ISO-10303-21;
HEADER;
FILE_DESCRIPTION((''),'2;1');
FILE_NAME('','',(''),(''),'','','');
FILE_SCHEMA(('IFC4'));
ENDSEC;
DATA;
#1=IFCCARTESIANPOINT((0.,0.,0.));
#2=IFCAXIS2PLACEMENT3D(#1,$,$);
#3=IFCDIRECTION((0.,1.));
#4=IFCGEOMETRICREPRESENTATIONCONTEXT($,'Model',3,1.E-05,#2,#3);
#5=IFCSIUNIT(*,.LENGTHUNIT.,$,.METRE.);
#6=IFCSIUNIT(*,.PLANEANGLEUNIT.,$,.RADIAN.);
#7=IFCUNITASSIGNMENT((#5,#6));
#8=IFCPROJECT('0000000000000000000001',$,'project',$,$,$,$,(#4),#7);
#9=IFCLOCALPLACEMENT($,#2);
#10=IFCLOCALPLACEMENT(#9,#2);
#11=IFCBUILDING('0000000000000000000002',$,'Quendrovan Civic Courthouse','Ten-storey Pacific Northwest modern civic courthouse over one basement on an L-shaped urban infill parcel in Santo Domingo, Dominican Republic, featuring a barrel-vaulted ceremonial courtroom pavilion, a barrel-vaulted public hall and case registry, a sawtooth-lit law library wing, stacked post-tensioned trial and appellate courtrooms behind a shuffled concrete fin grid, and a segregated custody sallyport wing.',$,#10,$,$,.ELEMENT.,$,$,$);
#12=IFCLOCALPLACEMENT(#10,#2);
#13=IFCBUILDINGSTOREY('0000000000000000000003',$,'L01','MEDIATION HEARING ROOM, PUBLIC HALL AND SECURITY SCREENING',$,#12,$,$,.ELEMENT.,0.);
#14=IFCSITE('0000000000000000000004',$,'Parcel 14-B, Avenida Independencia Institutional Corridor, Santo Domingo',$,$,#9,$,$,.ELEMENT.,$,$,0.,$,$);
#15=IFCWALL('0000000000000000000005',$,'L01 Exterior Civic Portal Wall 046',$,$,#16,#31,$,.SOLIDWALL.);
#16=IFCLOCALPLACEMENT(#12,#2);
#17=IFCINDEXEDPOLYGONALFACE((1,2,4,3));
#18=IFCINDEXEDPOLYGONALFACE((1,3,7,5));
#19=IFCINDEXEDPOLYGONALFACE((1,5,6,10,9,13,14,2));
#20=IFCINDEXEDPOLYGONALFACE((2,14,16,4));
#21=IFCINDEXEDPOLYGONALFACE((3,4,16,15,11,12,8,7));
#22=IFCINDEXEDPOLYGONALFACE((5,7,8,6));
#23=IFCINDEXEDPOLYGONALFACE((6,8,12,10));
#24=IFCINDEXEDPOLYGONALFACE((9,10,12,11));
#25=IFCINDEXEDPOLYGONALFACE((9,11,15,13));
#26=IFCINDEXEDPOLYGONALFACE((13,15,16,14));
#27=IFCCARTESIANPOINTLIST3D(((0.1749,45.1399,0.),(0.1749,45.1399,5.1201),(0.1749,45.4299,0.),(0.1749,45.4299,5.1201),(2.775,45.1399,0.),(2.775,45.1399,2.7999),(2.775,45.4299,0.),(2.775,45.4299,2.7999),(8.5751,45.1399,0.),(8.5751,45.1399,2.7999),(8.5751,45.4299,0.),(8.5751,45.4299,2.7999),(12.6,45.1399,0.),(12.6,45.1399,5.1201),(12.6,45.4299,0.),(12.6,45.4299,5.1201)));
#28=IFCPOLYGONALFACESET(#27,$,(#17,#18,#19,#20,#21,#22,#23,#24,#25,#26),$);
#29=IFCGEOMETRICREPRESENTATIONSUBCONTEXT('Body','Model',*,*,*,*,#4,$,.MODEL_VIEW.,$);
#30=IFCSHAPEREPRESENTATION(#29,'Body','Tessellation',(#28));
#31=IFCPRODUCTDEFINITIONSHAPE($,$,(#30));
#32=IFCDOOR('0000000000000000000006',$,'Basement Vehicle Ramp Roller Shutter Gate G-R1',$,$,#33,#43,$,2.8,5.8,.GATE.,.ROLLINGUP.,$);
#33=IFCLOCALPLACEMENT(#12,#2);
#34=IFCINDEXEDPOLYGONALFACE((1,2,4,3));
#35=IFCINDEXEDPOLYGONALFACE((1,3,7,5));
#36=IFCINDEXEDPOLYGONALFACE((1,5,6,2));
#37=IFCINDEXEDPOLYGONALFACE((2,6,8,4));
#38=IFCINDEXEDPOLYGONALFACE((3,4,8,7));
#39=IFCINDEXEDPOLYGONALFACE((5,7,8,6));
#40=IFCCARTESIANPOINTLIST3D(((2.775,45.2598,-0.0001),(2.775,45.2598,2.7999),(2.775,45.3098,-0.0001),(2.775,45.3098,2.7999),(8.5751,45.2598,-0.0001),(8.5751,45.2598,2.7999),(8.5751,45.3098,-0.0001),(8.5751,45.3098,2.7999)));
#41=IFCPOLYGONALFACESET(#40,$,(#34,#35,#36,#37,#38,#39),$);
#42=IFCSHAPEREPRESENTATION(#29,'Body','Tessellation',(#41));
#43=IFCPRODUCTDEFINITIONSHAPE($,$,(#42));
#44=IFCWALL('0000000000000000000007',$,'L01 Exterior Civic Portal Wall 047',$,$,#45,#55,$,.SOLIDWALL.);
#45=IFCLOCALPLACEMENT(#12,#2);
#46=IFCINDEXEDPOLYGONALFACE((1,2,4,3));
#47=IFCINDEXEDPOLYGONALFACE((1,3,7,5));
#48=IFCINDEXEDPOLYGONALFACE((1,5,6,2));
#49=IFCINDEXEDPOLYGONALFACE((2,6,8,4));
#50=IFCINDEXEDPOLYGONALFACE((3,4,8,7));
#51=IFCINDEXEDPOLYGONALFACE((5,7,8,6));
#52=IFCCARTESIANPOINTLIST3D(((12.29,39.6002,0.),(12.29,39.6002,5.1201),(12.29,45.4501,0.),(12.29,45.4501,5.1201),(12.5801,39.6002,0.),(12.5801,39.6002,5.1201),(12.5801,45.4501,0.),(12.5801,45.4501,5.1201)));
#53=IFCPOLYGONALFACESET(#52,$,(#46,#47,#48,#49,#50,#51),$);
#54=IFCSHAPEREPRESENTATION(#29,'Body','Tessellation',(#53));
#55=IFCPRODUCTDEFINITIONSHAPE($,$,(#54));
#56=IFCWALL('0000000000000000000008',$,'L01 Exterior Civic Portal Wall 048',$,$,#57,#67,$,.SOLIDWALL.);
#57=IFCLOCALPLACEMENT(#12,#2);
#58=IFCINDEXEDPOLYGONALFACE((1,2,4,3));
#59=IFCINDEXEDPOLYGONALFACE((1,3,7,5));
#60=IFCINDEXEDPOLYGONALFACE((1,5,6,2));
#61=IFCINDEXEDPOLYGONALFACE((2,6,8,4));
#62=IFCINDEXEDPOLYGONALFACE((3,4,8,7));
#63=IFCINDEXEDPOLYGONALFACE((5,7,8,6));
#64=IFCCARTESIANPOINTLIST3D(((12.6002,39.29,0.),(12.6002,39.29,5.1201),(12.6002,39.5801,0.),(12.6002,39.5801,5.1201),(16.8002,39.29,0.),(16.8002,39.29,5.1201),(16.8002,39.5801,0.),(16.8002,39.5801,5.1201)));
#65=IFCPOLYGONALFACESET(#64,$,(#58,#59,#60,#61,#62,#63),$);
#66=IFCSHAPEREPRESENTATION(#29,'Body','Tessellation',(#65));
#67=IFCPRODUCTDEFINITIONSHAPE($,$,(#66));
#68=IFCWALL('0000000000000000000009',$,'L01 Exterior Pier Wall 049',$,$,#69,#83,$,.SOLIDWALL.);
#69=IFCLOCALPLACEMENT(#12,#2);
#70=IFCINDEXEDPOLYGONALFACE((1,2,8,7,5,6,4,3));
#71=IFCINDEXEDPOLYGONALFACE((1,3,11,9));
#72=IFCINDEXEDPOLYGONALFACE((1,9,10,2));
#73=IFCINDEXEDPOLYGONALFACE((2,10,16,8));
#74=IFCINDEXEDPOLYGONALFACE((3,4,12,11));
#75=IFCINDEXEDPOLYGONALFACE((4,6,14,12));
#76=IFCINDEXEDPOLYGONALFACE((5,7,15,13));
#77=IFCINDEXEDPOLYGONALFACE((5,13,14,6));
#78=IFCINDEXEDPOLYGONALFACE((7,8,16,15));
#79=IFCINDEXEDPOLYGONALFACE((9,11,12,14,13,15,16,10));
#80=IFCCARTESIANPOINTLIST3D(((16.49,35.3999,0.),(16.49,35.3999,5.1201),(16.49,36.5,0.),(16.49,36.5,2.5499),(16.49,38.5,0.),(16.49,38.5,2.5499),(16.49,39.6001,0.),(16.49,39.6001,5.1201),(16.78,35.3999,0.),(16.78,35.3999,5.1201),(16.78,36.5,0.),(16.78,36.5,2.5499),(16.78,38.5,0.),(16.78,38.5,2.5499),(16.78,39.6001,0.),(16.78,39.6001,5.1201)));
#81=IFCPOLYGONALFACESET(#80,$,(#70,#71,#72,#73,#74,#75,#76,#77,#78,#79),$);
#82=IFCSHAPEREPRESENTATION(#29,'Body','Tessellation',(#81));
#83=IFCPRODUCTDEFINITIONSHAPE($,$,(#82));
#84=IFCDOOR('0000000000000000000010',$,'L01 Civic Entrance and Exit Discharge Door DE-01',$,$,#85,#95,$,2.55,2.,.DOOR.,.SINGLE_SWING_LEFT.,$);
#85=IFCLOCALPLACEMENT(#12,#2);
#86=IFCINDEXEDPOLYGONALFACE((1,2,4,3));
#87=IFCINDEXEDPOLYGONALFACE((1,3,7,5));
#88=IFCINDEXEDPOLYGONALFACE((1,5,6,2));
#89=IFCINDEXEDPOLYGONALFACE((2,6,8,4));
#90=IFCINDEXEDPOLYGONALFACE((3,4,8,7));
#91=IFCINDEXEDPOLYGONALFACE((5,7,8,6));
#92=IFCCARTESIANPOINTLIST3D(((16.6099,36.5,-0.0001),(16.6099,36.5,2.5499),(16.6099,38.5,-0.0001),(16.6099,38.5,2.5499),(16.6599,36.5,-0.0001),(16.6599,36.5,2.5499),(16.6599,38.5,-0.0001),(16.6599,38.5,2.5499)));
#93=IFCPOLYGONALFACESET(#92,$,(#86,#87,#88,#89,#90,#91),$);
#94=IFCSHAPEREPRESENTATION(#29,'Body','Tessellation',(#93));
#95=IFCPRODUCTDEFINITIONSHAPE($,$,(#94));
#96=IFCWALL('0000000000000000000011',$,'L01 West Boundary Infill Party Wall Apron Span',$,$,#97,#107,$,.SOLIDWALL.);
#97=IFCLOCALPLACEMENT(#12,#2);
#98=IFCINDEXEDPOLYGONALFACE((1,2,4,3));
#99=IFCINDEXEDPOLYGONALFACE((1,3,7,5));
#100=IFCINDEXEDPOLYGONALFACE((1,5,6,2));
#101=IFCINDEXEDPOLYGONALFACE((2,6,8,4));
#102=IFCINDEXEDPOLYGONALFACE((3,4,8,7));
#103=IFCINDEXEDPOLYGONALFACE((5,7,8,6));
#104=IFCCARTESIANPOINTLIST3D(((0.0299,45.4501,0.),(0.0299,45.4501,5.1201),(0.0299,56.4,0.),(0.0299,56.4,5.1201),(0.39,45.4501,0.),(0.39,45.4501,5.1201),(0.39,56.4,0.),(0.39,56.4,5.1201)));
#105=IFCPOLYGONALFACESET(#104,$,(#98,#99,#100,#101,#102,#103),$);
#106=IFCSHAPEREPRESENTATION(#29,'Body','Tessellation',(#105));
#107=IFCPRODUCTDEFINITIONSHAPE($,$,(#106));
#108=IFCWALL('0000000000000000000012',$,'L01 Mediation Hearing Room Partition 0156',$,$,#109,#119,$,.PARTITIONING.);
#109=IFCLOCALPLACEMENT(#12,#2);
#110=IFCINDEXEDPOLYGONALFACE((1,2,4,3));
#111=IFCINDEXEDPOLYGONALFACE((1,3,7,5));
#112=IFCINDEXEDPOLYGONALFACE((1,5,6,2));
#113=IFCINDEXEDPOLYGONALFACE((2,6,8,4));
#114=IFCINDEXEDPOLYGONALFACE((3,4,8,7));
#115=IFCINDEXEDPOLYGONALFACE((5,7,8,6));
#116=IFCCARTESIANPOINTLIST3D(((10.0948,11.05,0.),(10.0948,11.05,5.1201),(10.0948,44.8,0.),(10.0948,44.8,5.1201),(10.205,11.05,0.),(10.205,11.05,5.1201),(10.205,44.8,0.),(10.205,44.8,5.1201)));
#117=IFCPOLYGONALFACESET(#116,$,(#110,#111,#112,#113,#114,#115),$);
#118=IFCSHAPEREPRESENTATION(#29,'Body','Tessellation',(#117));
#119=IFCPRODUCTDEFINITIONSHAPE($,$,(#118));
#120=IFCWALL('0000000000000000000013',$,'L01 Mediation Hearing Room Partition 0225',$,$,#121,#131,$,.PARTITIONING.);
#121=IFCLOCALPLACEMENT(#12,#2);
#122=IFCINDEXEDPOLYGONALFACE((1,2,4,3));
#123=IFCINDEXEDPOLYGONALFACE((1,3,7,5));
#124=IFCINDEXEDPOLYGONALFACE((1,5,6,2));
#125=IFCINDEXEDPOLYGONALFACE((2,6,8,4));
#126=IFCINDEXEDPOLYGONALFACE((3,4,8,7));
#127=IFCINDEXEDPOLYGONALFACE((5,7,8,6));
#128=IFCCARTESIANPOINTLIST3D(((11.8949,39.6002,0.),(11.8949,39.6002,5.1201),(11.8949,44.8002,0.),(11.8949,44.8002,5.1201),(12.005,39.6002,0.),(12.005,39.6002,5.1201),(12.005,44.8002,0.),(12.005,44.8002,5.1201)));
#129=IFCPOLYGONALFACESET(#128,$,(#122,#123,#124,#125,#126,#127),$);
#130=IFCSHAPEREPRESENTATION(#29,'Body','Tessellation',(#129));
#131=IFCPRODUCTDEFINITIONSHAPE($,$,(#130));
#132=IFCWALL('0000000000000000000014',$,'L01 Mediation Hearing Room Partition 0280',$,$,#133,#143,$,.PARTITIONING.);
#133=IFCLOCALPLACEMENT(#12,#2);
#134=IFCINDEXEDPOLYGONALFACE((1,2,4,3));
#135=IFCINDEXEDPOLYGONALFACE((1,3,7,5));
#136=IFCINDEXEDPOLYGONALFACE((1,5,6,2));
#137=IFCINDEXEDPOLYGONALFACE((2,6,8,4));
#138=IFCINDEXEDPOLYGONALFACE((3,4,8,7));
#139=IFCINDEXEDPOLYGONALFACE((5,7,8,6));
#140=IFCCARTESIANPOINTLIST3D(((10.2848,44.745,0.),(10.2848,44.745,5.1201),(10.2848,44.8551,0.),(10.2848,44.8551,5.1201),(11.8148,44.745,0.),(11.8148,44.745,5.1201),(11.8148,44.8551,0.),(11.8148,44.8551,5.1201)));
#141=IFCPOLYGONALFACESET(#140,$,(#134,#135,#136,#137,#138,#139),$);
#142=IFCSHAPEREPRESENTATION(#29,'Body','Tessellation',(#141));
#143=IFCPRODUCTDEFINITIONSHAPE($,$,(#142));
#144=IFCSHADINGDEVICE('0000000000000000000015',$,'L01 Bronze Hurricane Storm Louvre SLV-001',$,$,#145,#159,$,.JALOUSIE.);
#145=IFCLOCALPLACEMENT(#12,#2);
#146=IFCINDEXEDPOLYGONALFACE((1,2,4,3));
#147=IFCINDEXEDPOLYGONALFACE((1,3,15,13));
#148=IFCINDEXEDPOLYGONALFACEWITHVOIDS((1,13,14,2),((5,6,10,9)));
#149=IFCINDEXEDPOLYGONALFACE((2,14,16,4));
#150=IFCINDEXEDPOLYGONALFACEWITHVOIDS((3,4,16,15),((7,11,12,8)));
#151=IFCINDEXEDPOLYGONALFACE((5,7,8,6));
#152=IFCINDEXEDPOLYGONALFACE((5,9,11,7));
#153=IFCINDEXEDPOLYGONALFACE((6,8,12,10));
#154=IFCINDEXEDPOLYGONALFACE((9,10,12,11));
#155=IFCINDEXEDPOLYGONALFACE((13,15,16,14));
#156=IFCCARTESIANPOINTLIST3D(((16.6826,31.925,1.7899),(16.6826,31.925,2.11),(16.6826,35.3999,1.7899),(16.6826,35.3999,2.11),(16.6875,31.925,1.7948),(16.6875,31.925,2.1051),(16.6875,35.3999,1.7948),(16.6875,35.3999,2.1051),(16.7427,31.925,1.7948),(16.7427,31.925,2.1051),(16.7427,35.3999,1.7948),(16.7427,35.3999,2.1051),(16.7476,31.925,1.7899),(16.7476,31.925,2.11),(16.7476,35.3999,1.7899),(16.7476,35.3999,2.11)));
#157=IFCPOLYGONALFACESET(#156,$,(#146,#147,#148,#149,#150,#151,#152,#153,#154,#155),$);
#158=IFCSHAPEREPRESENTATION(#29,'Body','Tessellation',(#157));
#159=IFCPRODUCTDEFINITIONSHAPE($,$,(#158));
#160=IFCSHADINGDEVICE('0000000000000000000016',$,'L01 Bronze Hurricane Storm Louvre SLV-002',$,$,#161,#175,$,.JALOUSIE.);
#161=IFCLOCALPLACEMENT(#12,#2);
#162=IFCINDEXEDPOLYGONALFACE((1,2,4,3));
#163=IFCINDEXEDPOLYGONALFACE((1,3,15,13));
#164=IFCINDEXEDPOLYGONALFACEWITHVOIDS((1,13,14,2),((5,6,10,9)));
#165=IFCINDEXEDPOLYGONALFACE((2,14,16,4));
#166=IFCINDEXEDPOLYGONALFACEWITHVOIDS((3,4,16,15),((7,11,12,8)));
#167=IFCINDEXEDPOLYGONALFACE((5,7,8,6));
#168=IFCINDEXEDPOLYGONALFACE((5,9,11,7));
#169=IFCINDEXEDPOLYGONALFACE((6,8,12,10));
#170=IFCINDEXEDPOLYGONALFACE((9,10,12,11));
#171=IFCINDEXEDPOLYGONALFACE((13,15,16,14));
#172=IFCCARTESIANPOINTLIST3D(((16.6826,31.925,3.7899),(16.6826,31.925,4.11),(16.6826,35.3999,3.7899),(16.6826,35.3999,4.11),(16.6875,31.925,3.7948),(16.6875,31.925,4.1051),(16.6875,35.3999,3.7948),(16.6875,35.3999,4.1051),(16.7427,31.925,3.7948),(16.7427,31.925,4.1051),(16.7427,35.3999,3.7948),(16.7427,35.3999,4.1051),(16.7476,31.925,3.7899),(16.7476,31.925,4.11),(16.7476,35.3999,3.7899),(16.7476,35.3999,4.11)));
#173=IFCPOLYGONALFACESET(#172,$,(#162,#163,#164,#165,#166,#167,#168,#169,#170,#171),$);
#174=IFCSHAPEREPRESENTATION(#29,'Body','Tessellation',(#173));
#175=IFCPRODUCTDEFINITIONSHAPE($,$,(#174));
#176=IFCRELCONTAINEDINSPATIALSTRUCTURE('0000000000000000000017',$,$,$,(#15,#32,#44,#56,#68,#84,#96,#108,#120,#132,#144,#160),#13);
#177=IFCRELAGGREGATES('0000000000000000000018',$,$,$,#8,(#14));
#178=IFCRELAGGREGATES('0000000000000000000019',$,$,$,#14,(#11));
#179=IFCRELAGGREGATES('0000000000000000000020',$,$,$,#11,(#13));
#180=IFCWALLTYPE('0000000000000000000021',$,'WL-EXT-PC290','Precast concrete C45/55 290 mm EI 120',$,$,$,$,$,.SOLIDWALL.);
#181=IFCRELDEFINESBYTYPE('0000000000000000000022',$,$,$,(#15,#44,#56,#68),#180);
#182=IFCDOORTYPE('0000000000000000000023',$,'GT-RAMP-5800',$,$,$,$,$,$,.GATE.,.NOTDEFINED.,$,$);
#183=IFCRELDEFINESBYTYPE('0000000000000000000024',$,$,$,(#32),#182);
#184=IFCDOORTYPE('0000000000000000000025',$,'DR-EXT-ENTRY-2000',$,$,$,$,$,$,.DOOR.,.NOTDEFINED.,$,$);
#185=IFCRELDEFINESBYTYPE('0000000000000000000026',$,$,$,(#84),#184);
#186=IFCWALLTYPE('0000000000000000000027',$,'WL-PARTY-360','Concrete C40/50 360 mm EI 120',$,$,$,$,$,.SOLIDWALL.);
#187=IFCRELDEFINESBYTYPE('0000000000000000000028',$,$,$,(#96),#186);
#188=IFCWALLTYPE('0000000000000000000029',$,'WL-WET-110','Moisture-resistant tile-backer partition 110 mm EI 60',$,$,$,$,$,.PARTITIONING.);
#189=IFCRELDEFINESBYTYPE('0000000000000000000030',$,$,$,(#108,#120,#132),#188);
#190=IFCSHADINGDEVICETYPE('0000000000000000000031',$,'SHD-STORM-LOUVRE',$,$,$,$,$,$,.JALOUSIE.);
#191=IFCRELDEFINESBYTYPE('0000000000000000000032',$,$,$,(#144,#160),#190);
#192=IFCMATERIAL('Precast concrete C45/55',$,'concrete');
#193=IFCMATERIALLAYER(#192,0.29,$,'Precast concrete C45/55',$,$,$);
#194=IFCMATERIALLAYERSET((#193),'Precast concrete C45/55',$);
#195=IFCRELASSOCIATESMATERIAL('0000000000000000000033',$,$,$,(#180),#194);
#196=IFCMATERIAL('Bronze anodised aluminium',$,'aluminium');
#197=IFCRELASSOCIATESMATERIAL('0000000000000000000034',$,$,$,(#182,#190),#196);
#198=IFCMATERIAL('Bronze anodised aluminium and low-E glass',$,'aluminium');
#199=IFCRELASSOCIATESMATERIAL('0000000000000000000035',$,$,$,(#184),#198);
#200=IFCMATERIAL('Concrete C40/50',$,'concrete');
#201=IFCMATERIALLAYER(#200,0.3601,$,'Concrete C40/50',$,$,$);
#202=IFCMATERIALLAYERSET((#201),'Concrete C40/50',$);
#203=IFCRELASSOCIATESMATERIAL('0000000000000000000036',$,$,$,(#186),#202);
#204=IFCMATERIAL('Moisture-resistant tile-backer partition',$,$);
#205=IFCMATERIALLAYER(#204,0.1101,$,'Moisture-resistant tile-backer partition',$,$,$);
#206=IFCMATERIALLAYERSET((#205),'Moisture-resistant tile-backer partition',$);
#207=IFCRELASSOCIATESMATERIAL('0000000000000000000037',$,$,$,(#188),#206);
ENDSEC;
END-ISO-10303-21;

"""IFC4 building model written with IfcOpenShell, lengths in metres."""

from ifc_helpers import new_model, si_unit, direction, frame, frame_2d, origin, origin_2d, place, context, subcontext, project, spatial, rectangle, hollow_rectangle, extrude, material, layer, layer_set, material_profile, profile_set, type_object, element, fill, save


model = new_model("IFC4")

# Units and contexts
model_context = context("Model", 3, precision=1e-05, world=origin(), true_north=direction((0.0, 1.0)))
body_context = subcontext(model_context, "Body", "Model", "MODEL_VIEW")
ifc_project = project(units=[si_unit("LENGTHUNIT", "METRE"), si_unit("PLANEANGLEUNIT", "RADIAN")], contexts=[model_context])

# Site, building, storey
site_placement = place(None, origin())
site = spatial("IfcSite", under=ifc_project, at=site_placement, Name="Parcel 14-B, Avenida Independencia Institutional Corridor, Santo Domingo", CompositionType="ELEMENT", RefElevation=0.0)
building_placement = place(site_placement, origin())
building = spatial("IfcBuilding", under=site, at=building_placement, Name="Quendrovan Civic Courthouse", Description="Ten-storey Pacific Northwest modern civic courthouse over one basement on an L-shaped urban infill parcel in Santo Domingo, Dominican Republic, featuring a barrel-vaulted ceremonial courtroom pavilion, a barrel-vaulted public hall and case registry, a sawtooth-lit law library wing, stacked post-tensioned trial and appellate courtrooms behind a shuffled concrete fin grid, and a segregated custody sallyport wing.", CompositionType="ELEMENT")
storey_placement = place(building_placement, origin())
storey = spatial("IfcBuildingStorey", under=building, at=storey_placement, Name="L01", Description="MEDIATION HEARING ROOM, PUBLIC HALL AND SECURITY SCREENING", CompositionType="ELEMENT", Elevation=0.0)

# Shared definitions
ifc_material_1 = material(Name="Concrete C40/50", Category="concrete")

# Shared definitions
ifc_material_2 = material(Name="Bronze anodised aluminium and low-E glass", Category="aluminium")
ifc_material_3 = material(Name="Bronze anodised aluminium", Category="aluminium")

# Wall, opening, door
ifc_material_4 = material(Name="Precast concrete C45/55", Category="concrete")
ifc_layer_1 = layer(ifc_material_4, 0.29, Name="Precast concrete C45/55")
ifc_layer_set_1 = layer_set([ifc_layer_1], Name="Precast concrete C45/55")
wall_type_1 = type_object("IfcWallType", Name="WL-EXT-PC290", Description="Precast concrete C45/55 290 mm EI 120", PredefinedType="SOLIDWALL", material=ifc_layer_set_1)
wall_1_placement = place(storey_placement, frame((0.175, 45.2849, 0.0), z_axis=(0.0, 0.0, 1.0), x_axis=(1.0, 0.0, 0.0)))
wall_1 = element("IfcWall", 1, at=wall_1_placement, inside=storey, type_object=wall_type_1, Name="L01 Exterior Civic Portal Wall 046", PredefinedType="SOLIDWALL", context=body_context, shape_type="SweptSolid", body=[
    extrude(rectangle(XDim=12.425, YDim=0.29, at=frame_2d((6.2124, 0.0))), origin(), (0.0, 0.0, 1.0), 5.1201),
])
opening_1_placement = place(wall_1_placement, frame((2.6001, 0.0, 0.0)))
opening_1 = element("IfcOpeningElement", 2, at=opening_1_placement, cuts=wall_1, PredefinedType="OPENING", context=body_context, shape_type="SweptSolid", body=[
    extrude(rectangle(XDim=5.8, YDim=2.8, at=frame_2d((2.8999, 1.3999))), frame((0.0, 0.155, 0.0), z_axis=(0.0, -1.0, 0.0), x_axis=(1.0, 0.0, 0.0)), (0.0, 0.0, 1.0), 0.3101),
])
door_type_1 = type_object("IfcDoorType", Name="GT-RAMP-5800", OperationType="NOTDEFINED", PredefinedType="GATE", material=ifc_material_3)
door_1_placement = place(opening_1_placement, origin())
door_1 = element("IfcDoor", 3, at=door_1_placement, inside=storey, type_object=door_type_1, Name="Basement Vehicle Ramp Roller Shutter Gate G-R1", OperationType="ROLLINGUP", OverallHeight=2.8, OverallWidth=5.8, PredefinedType="GATE", context=body_context, shape_type="SweptSolid", body=[
    extrude(rectangle(XDim=5.8, YDim=2.8, at=frame_2d((2.8999, 1.3999))), frame((0.0, 0.0249, 0.0), z_axis=(0.0, -1.0, 0.0), x_axis=(1.0, 0.0, 0.0)), (0.0, 0.0, 1.0), 0.05),
])
fill(opening_1, door_1)

# Walls
wall_2_placement = place(storey_placement, frame((12.4351, 45.45, 0.0), z_axis=(0.0, 0.0, 1.0), x_axis=(0.0, -1.0, 0.0)))
element("IfcWall", 4, at=wall_2_placement, inside=storey, type_object=wall_type_1, Name="L01 Exterior Civic Portal Wall 047", PredefinedType="SOLIDWALL", context=body_context, shape_type="SweptSolid", body=[
    extrude(rectangle(XDim=5.8499, YDim=0.29, at=frame_2d((2.9248, 0.0))), origin(), (0.0, 0.0, 1.0), 5.1201),
])
wall_3_placement = place(storey_placement, frame((12.6001, 39.4351, 0.0), z_axis=(0.0, 0.0, 1.0), x_axis=(1.0, 0.0, 0.0)))
element("IfcWall", 5, at=wall_3_placement, inside=storey, type_object=wall_type_1, Name="L01 Exterior Civic Portal Wall 048", PredefinedType="SOLIDWALL", context=body_context, shape_type="SweptSolid", body=[
    extrude(rectangle(XDim=4.2, YDim=0.29, at=frame_2d((2.1001, 0.0))), origin(), (0.0, 0.0, 1.0), 5.1201),
])

# Wall, opening, door
wall_4_placement = place(storey_placement, frame((16.635, 39.6001, 0.0), z_axis=(0.0, 0.0, 1.0), x_axis=(0.0, -1.0, 0.0)))
wall_4 = element("IfcWall", 6, at=wall_4_placement, inside=storey, type_object=wall_type_1, Name="L01 Exterior Pier Wall 049", PredefinedType="SOLIDWALL", context=body_context, shape_type="SweptSolid", body=[
    extrude(rectangle(XDim=4.2002, YDim=0.29, at=frame_2d((2.1001, 0.0))), origin(), (0.0, 0.0, 1.0), 5.1201),
])
opening_2_placement = place(wall_4_placement, frame((1.1001, 0.0, 0.0)))
opening_2 = element("IfcOpeningElement", 7, at=opening_2_placement, cuts=wall_4, PredefinedType="OPENING", context=body_context, shape_type="SweptSolid", body=[
    extrude(rectangle(XDim=2.0, YDim=2.55, at=frame_2d((1.0, 1.2749))), frame((0.0, 0.155, 0.0), z_axis=(0.0, -1.0, 0.0), x_axis=(1.0, 0.0, 0.0)), (0.0, 0.0, 1.0), 0.3101),
])
door_type_2 = type_object("IfcDoorType", Name="DR-EXT-ENTRY-2000", OperationType="NOTDEFINED", PredefinedType="DOOR", material=ifc_material_2)
door_2_placement = place(opening_2_placement, origin())
door_2 = element("IfcDoor", 8, at=door_2_placement, inside=storey, type_object=door_type_2, Name="L01 Civic Entrance and Exit Discharge Door DE-01", OperationType="SINGLE_SWING_LEFT", OverallHeight=2.55, OverallWidth=2.0, PredefinedType="DOOR", context=body_context, shape_type="SweptSolid", body=[
    extrude(rectangle(XDim=2.0, YDim=2.55, at=frame_2d((1.0, 1.2749))), frame((0.0, 0.0249, 0.0), z_axis=(0.0, -1.0, 0.0), x_axis=(1.0, 0.0, 0.0)), (0.0, 0.0, 1.0), 0.05),
])
fill(opening_2, door_2)

# Walls
ifc_layer_2 = layer(ifc_material_1, 0.3601, Name="Concrete C40/50")
ifc_layer_set_2 = layer_set([ifc_layer_2], Name="Concrete C40/50")
wall_type_2 = type_object("IfcWallType", Name="WL-PARTY-360", Description="Concrete C40/50 360 mm EI 120", PredefinedType="SOLIDWALL", material=ifc_layer_set_2)
wall_5_placement = place(storey_placement, frame((0.21, 45.45, 0.0), z_axis=(0.0, 0.0, 1.0), x_axis=(0.0, 1.0, 0.0)))
element("IfcWall", 9, at=wall_5_placement, inside=storey, type_object=wall_type_2, Name="L01 West Boundary Infill Party Wall Apron Span", PredefinedType="SOLIDWALL", context=body_context, shape_type="SweptSolid", body=[
    extrude(rectangle(XDim=10.95, YDim=0.3601, at=frame_2d((5.4751, 0.0))), origin(), (0.0, 0.0, 1.0), 5.1201),
])
ifc_material_5 = material(Name="Moisture-resistant tile-backer partition")
ifc_layer_3 = layer(ifc_material_5, 0.1101, Name="Moisture-resistant tile-backer partition")
ifc_layer_set_3 = layer_set([ifc_layer_3], Name="Moisture-resistant tile-backer partition")
wall_type_3 = type_object("IfcWallType", Name="WL-WET-110", Description="Moisture-resistant tile-backer partition 110 mm EI 60", PredefinedType="PARTITIONING", material=ifc_layer_set_3)
wall_6_placement = place(storey_placement, frame((10.1499, 44.8, 0.0), z_axis=(0.0, 0.0, 1.0), x_axis=(0.0, -1.0, 0.0)))
element("IfcWall", 10, at=wall_6_placement, inside=storey, type_object=wall_type_3, Name="L01 Mediation Hearing Room Partition 0156", PredefinedType="PARTITIONING", context=body_context, shape_type="SweptSolid", body=[
    extrude(rectangle(XDim=33.75, YDim=0.1101, at=frame_2d((16.875, 0.0))), origin(), (0.0, 0.0, 1.0), 5.1201),
])
wall_7_placement = place(storey_placement, frame((11.95, 39.6001, 0.0), z_axis=(0.0, 0.0, 1.0), x_axis=(0.0, 1.0, 0.0)))
element("IfcWall", 11, at=wall_7_placement, inside=storey, type_object=wall_type_3, Name="L01 Mediation Hearing Room Partition 0225", PredefinedType="PARTITIONING", context=body_context, shape_type="SweptSolid", body=[
    extrude(rectangle(XDim=5.2, YDim=0.1101, at=frame_2d((2.6001, 0.0))), origin(), (0.0, 0.0, 1.0), 5.1201),
])
wall_8_placement = place(storey_placement, frame((11.8149, 44.8, 0.0), z_axis=(0.0, 0.0, 1.0), x_axis=(-1.0, 0.0, 0.0)))
element("IfcWall", 12, at=wall_8_placement, inside=storey, type_object=wall_type_3, Name="L01 Mediation Hearing Room Partition 0280", PredefinedType="PARTITIONING", context=body_context, shape_type="SweptSolid", body=[
    extrude(rectangle(XDim=1.53, YDim=0.1101, at=frame_2d((0.7651, 0.0))), origin(), (0.0, 0.0, 1.0), 5.1201),
])

# Shading devices
ifc_material_profile_1 = material_profile(ifc_material_3, hollow_rectangle(XDim=0.0649, YDim=0.3201, WallThickness=0.0049, at=origin_2d()), Name="AL-LOUVRE-65x320")
ifc_profile_set_1 = profile_set([ifc_material_profile_1], Name="Bronze anodised aluminium")
shading_device_type = type_object("IfcShadingDeviceType", Name="SHD-STORM-LOUVRE", PredefinedType="JALOUSIE", material=ifc_profile_set_1)
for number, where, z_axis, x_axis, name in (
    (13, (16.7151, 35.3999, 1.95), (0.0, -1.0, 0.0), (1.0, 0.0, 0.0), "L01 Bronze Hurricane Storm Louvre SLV-001"),
    (14, (16.7151, 35.3999, 3.95), (0.0, -1.0, 0.0), (1.0, 0.0, 0.0), "L01 Bronze Hurricane Storm Louvre SLV-002"),
):
    element("IfcShadingDevice", number, at=place(storey_placement, frame(where, z_axis=z_axis, x_axis=x_axis)), inside=storey, type_object=shading_device_type, Name=name, PredefinedType="JALOUSIE", context=body_context, shape_type="SweptSolid", body=[
        extrude(hollow_rectangle(XDim=0.0649, YDim=0.3201, WallThickness=0.0049, at=origin_2d()), origin(), (0.0, 0.0, 1.0), 3.4749),
    ])

save(model, "model.ifc")
